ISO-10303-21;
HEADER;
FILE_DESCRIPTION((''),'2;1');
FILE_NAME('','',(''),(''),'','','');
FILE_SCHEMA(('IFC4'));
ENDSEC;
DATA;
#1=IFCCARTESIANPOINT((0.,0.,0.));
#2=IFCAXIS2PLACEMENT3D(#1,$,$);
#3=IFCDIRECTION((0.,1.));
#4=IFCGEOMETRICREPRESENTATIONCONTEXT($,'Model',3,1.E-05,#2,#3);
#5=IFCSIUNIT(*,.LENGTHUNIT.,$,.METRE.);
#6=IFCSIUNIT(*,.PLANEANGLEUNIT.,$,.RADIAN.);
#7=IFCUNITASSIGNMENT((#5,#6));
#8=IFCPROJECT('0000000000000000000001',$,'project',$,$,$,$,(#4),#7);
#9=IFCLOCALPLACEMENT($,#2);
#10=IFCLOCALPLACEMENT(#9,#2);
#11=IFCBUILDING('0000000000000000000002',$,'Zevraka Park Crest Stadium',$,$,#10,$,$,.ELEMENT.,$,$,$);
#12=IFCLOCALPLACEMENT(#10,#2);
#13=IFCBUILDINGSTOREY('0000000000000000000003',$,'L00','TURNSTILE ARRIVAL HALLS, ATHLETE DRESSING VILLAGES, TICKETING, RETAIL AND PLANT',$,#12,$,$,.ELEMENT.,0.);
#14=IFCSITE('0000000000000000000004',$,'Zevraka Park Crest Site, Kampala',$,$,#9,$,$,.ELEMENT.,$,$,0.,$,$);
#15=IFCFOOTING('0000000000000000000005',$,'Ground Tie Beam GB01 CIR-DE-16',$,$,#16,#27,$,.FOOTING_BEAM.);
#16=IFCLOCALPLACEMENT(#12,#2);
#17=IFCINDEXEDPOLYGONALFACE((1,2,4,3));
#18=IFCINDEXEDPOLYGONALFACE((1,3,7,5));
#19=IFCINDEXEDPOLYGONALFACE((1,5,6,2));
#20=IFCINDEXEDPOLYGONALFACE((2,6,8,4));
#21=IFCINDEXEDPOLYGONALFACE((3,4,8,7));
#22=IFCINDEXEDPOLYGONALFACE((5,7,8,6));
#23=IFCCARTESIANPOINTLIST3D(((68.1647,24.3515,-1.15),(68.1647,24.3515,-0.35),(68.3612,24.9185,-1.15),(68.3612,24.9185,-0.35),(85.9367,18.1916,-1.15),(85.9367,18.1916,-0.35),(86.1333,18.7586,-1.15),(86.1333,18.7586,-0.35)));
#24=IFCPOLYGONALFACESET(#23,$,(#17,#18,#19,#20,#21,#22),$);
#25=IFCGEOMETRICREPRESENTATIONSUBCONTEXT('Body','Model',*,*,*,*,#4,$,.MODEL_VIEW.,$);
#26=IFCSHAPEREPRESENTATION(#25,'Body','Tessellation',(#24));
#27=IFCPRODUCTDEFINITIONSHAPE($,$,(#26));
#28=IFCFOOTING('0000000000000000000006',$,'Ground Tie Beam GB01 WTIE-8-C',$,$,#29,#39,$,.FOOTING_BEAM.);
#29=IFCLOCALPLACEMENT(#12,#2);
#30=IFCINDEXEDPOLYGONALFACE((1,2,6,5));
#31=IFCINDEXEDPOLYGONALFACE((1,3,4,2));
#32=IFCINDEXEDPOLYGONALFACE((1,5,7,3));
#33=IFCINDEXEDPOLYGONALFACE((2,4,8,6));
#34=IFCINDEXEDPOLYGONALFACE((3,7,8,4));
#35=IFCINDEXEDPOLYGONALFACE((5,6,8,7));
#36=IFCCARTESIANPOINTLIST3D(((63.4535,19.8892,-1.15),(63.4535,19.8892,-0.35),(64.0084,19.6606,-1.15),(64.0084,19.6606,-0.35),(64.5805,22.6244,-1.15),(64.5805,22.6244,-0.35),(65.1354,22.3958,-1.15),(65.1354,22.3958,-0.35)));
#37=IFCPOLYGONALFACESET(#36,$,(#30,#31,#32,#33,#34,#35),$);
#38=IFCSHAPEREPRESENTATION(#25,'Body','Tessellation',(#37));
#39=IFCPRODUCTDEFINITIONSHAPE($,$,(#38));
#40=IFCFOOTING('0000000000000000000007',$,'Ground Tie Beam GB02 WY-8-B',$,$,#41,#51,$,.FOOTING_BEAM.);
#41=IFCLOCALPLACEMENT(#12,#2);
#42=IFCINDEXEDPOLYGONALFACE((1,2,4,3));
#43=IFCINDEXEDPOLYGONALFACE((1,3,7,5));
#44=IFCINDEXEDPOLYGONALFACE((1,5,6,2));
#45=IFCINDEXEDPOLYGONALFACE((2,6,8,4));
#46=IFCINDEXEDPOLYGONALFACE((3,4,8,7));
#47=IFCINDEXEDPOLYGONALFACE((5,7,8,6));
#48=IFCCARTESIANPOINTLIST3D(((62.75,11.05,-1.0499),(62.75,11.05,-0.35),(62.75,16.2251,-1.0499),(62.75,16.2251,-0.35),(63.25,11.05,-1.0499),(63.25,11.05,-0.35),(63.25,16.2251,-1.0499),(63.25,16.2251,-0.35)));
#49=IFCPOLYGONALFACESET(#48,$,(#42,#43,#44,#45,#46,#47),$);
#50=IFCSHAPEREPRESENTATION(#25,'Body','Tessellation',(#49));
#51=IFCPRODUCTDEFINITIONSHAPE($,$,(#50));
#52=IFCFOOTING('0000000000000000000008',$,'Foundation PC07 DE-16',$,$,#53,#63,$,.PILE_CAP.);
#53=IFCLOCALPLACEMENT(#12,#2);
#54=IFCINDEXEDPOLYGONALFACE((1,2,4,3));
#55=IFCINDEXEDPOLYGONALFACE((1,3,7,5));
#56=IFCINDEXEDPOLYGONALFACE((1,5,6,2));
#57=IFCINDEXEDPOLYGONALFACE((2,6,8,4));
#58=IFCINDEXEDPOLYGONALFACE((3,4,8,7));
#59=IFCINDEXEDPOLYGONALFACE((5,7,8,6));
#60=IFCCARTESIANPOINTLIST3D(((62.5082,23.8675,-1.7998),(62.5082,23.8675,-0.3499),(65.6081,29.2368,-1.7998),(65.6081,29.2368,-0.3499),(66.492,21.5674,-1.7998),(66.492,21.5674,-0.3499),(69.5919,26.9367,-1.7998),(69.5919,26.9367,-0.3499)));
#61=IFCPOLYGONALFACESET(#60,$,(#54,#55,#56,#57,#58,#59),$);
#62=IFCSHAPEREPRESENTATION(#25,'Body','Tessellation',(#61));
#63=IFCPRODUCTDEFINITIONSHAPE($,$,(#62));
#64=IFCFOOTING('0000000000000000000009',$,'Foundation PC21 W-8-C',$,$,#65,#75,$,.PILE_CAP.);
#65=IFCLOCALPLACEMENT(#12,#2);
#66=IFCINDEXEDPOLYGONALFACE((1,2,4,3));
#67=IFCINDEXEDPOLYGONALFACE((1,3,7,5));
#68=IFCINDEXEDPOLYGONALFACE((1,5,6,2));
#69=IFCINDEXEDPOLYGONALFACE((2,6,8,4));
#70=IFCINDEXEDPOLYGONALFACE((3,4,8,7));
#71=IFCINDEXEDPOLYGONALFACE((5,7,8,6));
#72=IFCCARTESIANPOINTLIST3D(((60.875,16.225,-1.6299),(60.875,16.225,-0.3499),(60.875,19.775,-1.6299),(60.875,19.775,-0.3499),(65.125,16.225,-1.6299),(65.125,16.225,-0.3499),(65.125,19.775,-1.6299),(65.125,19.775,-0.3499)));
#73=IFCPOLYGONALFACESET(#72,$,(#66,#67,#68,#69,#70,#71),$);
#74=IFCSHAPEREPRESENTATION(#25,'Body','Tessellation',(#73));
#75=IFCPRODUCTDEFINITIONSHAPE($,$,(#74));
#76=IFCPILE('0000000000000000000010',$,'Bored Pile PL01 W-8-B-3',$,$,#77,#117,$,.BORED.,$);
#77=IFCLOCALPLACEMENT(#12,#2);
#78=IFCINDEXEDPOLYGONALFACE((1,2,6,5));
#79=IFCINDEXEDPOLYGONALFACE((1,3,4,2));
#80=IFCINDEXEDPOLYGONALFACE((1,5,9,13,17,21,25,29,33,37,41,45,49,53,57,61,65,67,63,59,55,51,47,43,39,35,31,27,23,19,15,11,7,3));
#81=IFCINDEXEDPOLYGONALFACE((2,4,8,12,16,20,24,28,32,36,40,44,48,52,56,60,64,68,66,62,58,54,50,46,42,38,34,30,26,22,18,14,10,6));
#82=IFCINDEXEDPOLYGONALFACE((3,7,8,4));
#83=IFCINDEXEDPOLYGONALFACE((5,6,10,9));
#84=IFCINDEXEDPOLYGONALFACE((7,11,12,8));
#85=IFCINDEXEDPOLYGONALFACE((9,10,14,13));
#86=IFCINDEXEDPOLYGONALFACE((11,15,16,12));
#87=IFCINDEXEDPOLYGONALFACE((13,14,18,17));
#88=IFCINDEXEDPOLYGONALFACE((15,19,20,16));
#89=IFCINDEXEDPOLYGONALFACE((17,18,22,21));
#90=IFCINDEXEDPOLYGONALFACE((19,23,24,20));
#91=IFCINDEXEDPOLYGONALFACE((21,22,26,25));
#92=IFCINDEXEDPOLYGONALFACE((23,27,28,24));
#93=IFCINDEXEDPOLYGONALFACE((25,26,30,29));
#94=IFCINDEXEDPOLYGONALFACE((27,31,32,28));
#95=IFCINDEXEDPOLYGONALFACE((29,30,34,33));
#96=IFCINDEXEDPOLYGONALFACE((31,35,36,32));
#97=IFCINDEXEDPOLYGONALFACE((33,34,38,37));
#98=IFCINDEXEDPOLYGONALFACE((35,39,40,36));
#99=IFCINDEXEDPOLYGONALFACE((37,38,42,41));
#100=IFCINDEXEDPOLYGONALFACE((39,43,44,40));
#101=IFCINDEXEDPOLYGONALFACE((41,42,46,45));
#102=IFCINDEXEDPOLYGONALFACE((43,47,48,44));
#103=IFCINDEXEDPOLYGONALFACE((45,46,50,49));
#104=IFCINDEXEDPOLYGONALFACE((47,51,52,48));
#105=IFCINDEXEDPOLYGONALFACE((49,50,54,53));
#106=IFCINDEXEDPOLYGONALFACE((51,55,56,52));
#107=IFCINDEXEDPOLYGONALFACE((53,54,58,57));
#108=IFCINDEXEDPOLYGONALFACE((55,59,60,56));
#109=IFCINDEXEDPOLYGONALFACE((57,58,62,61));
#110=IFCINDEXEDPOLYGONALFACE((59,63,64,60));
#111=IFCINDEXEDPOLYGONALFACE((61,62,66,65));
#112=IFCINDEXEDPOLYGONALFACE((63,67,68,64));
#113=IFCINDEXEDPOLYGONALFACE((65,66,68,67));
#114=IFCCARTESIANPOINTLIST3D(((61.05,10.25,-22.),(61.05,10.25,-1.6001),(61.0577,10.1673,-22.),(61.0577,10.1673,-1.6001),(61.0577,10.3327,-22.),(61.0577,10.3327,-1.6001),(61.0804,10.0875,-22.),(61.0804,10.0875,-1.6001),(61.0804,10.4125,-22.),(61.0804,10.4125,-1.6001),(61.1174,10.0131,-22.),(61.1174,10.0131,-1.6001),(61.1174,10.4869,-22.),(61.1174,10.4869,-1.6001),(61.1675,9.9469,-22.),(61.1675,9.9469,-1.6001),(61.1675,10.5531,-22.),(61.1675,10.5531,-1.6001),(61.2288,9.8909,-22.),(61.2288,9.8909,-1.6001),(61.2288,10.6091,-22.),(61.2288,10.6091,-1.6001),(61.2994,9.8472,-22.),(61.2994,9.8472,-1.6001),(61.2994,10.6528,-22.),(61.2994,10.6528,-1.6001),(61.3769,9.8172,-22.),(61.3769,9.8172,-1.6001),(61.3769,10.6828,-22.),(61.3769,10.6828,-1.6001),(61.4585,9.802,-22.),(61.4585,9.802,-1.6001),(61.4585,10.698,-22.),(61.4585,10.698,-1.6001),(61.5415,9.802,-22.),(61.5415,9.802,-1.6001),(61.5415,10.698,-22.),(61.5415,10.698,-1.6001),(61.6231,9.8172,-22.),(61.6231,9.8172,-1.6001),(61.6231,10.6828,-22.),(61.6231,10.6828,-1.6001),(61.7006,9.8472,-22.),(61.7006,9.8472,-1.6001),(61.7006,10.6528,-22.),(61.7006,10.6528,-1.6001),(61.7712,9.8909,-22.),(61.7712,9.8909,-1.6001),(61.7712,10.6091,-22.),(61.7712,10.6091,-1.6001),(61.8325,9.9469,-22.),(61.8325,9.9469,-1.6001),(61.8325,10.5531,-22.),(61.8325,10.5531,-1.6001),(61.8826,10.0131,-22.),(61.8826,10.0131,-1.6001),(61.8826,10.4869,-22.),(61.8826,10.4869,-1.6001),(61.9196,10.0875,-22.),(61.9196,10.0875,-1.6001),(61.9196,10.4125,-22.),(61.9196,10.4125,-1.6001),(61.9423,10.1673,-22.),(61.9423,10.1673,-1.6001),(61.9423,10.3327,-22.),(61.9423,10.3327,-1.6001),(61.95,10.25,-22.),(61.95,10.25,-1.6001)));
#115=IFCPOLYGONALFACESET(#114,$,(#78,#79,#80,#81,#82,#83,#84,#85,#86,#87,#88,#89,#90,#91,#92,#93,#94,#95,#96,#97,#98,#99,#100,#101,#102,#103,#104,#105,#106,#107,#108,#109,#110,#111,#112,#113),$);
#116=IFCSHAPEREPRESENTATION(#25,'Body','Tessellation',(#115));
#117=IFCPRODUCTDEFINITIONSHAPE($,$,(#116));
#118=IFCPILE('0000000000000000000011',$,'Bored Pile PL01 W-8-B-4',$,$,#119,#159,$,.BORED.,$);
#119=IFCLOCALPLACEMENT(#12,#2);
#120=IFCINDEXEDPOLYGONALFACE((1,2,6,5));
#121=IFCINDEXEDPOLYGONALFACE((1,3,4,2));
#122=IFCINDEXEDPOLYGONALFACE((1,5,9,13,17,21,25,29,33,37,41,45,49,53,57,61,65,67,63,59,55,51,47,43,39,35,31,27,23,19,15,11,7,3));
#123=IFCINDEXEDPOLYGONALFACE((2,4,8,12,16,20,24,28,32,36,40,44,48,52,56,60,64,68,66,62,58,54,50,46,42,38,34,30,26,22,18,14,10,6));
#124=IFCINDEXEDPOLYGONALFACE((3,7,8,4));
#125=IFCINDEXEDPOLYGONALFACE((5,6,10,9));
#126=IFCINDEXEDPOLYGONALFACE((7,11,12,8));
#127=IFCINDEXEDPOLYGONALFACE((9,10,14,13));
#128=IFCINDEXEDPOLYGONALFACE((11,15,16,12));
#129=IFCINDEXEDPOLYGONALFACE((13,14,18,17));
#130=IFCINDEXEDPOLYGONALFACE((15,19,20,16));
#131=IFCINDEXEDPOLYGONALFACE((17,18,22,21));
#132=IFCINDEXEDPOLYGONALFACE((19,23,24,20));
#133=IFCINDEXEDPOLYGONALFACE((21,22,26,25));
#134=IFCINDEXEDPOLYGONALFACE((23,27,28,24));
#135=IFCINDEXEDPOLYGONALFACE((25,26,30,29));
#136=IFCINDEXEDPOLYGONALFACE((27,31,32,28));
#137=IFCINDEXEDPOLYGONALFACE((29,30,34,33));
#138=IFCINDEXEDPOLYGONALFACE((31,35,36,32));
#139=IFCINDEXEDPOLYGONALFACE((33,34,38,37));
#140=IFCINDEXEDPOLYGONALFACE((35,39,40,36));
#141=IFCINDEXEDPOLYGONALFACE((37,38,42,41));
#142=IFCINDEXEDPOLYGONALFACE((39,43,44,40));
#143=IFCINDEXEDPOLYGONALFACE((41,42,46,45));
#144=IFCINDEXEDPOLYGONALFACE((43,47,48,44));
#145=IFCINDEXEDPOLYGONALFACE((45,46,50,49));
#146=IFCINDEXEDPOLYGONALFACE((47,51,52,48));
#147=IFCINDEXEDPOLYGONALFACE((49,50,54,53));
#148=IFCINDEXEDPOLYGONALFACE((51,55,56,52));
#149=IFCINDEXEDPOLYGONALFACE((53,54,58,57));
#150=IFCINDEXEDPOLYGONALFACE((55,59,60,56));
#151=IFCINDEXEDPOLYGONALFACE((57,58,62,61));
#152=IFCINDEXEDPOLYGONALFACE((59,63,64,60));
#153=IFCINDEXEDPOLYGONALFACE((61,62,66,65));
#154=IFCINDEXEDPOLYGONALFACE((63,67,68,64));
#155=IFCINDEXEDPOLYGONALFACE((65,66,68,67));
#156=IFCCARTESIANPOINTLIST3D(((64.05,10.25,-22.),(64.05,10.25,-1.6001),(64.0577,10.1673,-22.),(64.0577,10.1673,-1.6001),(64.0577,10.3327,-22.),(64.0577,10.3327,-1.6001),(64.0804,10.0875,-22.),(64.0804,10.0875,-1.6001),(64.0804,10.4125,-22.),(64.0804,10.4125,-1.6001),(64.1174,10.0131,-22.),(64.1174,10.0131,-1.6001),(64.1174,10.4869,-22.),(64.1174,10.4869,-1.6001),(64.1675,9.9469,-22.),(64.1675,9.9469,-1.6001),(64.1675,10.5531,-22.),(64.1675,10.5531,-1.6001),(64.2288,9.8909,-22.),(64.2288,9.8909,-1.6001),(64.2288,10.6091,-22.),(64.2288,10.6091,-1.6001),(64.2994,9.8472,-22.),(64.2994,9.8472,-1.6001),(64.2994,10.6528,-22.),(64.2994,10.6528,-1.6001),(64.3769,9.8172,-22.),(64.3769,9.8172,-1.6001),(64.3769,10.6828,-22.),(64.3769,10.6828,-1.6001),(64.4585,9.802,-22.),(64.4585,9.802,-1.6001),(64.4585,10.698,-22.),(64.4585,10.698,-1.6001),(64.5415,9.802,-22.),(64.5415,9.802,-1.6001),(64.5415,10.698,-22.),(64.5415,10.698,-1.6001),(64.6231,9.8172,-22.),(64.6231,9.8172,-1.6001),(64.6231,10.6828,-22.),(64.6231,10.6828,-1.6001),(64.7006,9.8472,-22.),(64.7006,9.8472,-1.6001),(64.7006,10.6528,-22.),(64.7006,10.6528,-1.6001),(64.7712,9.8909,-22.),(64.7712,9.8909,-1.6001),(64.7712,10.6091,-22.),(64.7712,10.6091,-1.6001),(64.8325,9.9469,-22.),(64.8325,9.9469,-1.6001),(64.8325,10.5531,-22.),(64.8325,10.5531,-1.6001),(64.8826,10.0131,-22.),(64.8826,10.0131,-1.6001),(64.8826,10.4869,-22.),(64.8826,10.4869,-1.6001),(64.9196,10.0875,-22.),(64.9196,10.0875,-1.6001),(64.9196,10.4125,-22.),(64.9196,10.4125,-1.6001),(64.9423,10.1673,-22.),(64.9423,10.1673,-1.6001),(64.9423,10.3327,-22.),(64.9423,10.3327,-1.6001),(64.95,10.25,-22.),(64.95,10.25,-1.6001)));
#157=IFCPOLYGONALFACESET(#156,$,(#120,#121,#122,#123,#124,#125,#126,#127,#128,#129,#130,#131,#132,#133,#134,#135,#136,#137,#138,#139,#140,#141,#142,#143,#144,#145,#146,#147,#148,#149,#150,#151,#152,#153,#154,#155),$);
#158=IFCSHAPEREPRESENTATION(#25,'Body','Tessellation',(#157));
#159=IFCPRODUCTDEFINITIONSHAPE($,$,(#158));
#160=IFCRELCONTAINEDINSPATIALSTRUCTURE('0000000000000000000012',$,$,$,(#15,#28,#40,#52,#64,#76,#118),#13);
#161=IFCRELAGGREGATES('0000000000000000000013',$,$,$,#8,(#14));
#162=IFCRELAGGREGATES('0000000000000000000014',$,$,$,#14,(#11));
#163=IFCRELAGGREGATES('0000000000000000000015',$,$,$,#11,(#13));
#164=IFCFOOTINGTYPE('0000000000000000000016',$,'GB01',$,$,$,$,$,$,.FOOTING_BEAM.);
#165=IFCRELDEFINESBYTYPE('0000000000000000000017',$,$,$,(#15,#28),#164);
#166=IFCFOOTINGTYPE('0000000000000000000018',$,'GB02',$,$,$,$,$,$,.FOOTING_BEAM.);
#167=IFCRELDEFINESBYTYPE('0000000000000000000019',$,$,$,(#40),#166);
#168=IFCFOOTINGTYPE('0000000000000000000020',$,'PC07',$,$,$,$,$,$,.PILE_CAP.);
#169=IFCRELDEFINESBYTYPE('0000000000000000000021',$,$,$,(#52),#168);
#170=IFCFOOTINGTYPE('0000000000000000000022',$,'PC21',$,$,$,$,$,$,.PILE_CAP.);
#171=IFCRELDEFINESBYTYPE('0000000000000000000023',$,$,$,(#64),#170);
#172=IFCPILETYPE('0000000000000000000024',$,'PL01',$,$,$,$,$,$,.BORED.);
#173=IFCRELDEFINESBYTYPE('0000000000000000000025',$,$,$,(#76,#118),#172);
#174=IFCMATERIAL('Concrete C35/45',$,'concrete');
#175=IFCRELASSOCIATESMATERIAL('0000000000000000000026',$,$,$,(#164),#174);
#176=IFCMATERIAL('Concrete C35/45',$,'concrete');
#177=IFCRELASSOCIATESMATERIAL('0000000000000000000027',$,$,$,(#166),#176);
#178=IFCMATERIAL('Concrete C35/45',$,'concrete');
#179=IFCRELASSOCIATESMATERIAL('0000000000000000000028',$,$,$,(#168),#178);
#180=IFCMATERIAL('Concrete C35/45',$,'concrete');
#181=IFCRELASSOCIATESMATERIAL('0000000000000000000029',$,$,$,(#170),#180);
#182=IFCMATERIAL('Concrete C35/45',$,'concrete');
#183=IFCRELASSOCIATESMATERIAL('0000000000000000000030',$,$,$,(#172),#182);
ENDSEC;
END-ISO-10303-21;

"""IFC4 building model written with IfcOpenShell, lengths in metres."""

from ifc_helpers import new_model, si_unit, direction, frame, origin, origin_2d, place, context, subcontext, project, spatial, rectangle, circle, extrude, material, material_profile, profile_set, type_object, element, save


model = new_model("IFC4")

# Units and contexts
model_context = context("Model", 3, precision=1e-05, world=origin(), true_north=direction((0.0, 1.0)))
body_context = subcontext(model_context, "Body", "Model", "MODEL_VIEW")
ifc_project = project(units=[si_unit("LENGTHUNIT", "METRE"), si_unit("PLANEANGLEUNIT", "RADIAN")], contexts=[model_context])

# Site, building, storey
site_placement = place(None, origin())
site = spatial("IfcSite", under=ifc_project, at=site_placement, Name="Zevraka Park Crest Site, Kampala", CompositionType="ELEMENT", RefElevation=0.0)
building_placement = place(site_placement, origin())
building = spatial("IfcBuilding", under=site, at=building_placement, Name="Zevraka Park Crest Stadium", CompositionType="ELEMENT")
storey_placement = place(building_placement, origin())
storey = spatial("IfcBuildingStorey", under=building, at=storey_placement, Name="L00", Description="TURNSTILE ARRIVAL HALLS, ATHLETE DRESSING VILLAGES, TICKETING, RETAIL AND PLANT", CompositionType="ELEMENT", Elevation=0.0)

# Footings
ifc_material_1 = material(Name="Concrete C35/45", Category="concrete")
ifc_material_profile_1 = material_profile(ifc_material_1, rectangle(XDim=0.6001, YDim=0.8, at=origin_2d()), Name="GB 800x600")
ifc_profile_set_1 = profile_set([ifc_material_profile_1], Name="Concrete C35/45")
footing_type_1 = type_object("IfcFootingType", Name="GB01", PredefinedType="FOOTING_BEAM", material=ifc_profile_set_1)
footing_1_placement = place(storey_placement, frame((68.2629, 24.635, -0.75), z_axis=(0.944853, -0.327494, 0.0), x_axis=(0.327494, 0.944853, 0.0)))
element("IfcFooting", 1, at=footing_1_placement, inside=storey, type_object=footing_type_1, Name="Ground Tie Beam GB01 CIR-DE-16", PredefinedType="FOOTING_BEAM", context=body_context, shape_type="SweptSolid", body=[
    extrude(rectangle(XDim=0.6001, YDim=0.8, at=origin_2d()), origin(), (0.0, 0.0, 1.0), 18.8093),
])
footing_2_placement = place(storey_placement, frame((63.731, 19.7749, -0.75), z_axis=(0.380961, 0.924591, 0.0), x_axis=(-0.924591, 0.380961, 0.0)))
element("IfcFooting", 2, at=footing_2_placement, inside=storey, type_object=footing_type_1, Name="Ground Tie Beam GB01 WTIE-8-C", PredefinedType="FOOTING_BEAM", context=body_context, shape_type="SweptSolid", body=[
    extrude(rectangle(XDim=0.6001, YDim=0.8, at=origin_2d()), origin(), (0.0, 0.0, 1.0), 2.9583),
])
ifc_material_2 = material(Name="Concrete C35/45", Category="concrete")
ifc_material_profile_2 = material_profile(ifc_material_2, rectangle(XDim=0.5, YDim=0.7, at=origin_2d()), Name="GB 700x500")
ifc_profile_set_2 = profile_set([ifc_material_profile_2], Name="Concrete C35/45")
footing_type_2 = type_object("IfcFootingType", Name="GB02", PredefinedType="FOOTING_BEAM", material=ifc_profile_set_2)
footing_3_placement = place(storey_placement, frame((63.0, 11.05, -0.7), z_axis=(0.0, 1.0, 0.0), x_axis=(-1.0, 0.0, 0.0)))
element("IfcFooting", 3, at=footing_3_placement, inside=storey, type_object=footing_type_2, Name="Ground Tie Beam GB02 WY-8-B", PredefinedType="FOOTING_BEAM", context=body_context, shape_type="SweptSolid", body=[
    extrude(rectangle(XDim=0.5, YDim=0.7, at=origin_2d()), origin(), (0.0, 0.0, 1.0), 5.175),
])
ifc_material_3 = material(Name="Concrete C35/45", Category="concrete")
footing_type_3 = type_object("IfcFootingType", Name="PC07", PredefinedType="PILE_CAP", material=ifc_material_3)
footing_4_placement = place(storey_placement, frame((66.05, 25.4021, -1.7998), z_axis=(0.0, 0.0, 1.0), x_axis=(0.5, 0.866025, 0.0)))
element("IfcFooting", 4, at=footing_4_placement, inside=storey, type_object=footing_type_3, Name="Foundation PC07 DE-16", PredefinedType="PILE_CAP", context=body_context, shape_type="SweptSolid", body=[
    extrude(rectangle(XDim=6.2, YDim=4.6001, at=origin_2d()), origin(), (0.0, 0.0, 1.0), 1.45),
])
ifc_material_4 = material(Name="Concrete C35/45", Category="concrete")
footing_type_4 = type_object("IfcFootingType", Name="PC21", PredefinedType="PILE_CAP", material=ifc_material_4)
footing_5_placement = place(storey_placement, frame((63.0, 18.0, -1.6299), z_axis=(0.0, 0.0, 1.0), x_axis=(1.0, 0.0, 0.0)))
element("IfcFooting", 5, at=footing_5_placement, inside=storey, type_object=footing_type_4, Name="Foundation PC21 W-8-C", PredefinedType="PILE_CAP", context=body_context, shape_type="SweptSolid", body=[
    extrude(rectangle(XDim=4.25, YDim=3.55, at=origin_2d()), origin(), (0.0, 0.0, 1.0), 1.28),
])

# Piles
ifc_material_5 = material(Name="Concrete C35/45", Category="concrete")
ifc_material_profile_3 = material_profile(ifc_material_5, circle(Radius=0.45, at=origin_2d()), Name="PILE D900")
ifc_profile_set_3 = profile_set([ifc_material_profile_3], Name="Concrete C35/45")
pile_type_1 = type_object("IfcPileType", Name="PL01", PredefinedType="BORED", material=ifc_profile_set_3)
for number, where, z_axis, x_axis, name in (
    (6, (61.5, 10.25, -1.6001), (0.0, 0.0, -1.0), (1.0, 0.0, 0.0), "Bored Pile PL01 W-8-B-3"),
    (7, (64.5, 10.25, -1.6001), (0.0, 0.0, -1.0), (1.0, 0.0, 0.0), "Bored Pile PL01 W-8-B-4"),
):
    element("IfcPile", number, at=place(storey_placement, frame(where, z_axis=z_axis, x_axis=x_axis)), inside=storey, type_object=pile_type_1, Name=name, PredefinedType="BORED", context=body_context, shape_type="SweptSolid", body=[
        extrude(circle(Radius=0.45, at=origin_2d()), origin(), (0.0, 0.0, 1.0), 20.3999),
    ])

save(model, "model.ifc")
